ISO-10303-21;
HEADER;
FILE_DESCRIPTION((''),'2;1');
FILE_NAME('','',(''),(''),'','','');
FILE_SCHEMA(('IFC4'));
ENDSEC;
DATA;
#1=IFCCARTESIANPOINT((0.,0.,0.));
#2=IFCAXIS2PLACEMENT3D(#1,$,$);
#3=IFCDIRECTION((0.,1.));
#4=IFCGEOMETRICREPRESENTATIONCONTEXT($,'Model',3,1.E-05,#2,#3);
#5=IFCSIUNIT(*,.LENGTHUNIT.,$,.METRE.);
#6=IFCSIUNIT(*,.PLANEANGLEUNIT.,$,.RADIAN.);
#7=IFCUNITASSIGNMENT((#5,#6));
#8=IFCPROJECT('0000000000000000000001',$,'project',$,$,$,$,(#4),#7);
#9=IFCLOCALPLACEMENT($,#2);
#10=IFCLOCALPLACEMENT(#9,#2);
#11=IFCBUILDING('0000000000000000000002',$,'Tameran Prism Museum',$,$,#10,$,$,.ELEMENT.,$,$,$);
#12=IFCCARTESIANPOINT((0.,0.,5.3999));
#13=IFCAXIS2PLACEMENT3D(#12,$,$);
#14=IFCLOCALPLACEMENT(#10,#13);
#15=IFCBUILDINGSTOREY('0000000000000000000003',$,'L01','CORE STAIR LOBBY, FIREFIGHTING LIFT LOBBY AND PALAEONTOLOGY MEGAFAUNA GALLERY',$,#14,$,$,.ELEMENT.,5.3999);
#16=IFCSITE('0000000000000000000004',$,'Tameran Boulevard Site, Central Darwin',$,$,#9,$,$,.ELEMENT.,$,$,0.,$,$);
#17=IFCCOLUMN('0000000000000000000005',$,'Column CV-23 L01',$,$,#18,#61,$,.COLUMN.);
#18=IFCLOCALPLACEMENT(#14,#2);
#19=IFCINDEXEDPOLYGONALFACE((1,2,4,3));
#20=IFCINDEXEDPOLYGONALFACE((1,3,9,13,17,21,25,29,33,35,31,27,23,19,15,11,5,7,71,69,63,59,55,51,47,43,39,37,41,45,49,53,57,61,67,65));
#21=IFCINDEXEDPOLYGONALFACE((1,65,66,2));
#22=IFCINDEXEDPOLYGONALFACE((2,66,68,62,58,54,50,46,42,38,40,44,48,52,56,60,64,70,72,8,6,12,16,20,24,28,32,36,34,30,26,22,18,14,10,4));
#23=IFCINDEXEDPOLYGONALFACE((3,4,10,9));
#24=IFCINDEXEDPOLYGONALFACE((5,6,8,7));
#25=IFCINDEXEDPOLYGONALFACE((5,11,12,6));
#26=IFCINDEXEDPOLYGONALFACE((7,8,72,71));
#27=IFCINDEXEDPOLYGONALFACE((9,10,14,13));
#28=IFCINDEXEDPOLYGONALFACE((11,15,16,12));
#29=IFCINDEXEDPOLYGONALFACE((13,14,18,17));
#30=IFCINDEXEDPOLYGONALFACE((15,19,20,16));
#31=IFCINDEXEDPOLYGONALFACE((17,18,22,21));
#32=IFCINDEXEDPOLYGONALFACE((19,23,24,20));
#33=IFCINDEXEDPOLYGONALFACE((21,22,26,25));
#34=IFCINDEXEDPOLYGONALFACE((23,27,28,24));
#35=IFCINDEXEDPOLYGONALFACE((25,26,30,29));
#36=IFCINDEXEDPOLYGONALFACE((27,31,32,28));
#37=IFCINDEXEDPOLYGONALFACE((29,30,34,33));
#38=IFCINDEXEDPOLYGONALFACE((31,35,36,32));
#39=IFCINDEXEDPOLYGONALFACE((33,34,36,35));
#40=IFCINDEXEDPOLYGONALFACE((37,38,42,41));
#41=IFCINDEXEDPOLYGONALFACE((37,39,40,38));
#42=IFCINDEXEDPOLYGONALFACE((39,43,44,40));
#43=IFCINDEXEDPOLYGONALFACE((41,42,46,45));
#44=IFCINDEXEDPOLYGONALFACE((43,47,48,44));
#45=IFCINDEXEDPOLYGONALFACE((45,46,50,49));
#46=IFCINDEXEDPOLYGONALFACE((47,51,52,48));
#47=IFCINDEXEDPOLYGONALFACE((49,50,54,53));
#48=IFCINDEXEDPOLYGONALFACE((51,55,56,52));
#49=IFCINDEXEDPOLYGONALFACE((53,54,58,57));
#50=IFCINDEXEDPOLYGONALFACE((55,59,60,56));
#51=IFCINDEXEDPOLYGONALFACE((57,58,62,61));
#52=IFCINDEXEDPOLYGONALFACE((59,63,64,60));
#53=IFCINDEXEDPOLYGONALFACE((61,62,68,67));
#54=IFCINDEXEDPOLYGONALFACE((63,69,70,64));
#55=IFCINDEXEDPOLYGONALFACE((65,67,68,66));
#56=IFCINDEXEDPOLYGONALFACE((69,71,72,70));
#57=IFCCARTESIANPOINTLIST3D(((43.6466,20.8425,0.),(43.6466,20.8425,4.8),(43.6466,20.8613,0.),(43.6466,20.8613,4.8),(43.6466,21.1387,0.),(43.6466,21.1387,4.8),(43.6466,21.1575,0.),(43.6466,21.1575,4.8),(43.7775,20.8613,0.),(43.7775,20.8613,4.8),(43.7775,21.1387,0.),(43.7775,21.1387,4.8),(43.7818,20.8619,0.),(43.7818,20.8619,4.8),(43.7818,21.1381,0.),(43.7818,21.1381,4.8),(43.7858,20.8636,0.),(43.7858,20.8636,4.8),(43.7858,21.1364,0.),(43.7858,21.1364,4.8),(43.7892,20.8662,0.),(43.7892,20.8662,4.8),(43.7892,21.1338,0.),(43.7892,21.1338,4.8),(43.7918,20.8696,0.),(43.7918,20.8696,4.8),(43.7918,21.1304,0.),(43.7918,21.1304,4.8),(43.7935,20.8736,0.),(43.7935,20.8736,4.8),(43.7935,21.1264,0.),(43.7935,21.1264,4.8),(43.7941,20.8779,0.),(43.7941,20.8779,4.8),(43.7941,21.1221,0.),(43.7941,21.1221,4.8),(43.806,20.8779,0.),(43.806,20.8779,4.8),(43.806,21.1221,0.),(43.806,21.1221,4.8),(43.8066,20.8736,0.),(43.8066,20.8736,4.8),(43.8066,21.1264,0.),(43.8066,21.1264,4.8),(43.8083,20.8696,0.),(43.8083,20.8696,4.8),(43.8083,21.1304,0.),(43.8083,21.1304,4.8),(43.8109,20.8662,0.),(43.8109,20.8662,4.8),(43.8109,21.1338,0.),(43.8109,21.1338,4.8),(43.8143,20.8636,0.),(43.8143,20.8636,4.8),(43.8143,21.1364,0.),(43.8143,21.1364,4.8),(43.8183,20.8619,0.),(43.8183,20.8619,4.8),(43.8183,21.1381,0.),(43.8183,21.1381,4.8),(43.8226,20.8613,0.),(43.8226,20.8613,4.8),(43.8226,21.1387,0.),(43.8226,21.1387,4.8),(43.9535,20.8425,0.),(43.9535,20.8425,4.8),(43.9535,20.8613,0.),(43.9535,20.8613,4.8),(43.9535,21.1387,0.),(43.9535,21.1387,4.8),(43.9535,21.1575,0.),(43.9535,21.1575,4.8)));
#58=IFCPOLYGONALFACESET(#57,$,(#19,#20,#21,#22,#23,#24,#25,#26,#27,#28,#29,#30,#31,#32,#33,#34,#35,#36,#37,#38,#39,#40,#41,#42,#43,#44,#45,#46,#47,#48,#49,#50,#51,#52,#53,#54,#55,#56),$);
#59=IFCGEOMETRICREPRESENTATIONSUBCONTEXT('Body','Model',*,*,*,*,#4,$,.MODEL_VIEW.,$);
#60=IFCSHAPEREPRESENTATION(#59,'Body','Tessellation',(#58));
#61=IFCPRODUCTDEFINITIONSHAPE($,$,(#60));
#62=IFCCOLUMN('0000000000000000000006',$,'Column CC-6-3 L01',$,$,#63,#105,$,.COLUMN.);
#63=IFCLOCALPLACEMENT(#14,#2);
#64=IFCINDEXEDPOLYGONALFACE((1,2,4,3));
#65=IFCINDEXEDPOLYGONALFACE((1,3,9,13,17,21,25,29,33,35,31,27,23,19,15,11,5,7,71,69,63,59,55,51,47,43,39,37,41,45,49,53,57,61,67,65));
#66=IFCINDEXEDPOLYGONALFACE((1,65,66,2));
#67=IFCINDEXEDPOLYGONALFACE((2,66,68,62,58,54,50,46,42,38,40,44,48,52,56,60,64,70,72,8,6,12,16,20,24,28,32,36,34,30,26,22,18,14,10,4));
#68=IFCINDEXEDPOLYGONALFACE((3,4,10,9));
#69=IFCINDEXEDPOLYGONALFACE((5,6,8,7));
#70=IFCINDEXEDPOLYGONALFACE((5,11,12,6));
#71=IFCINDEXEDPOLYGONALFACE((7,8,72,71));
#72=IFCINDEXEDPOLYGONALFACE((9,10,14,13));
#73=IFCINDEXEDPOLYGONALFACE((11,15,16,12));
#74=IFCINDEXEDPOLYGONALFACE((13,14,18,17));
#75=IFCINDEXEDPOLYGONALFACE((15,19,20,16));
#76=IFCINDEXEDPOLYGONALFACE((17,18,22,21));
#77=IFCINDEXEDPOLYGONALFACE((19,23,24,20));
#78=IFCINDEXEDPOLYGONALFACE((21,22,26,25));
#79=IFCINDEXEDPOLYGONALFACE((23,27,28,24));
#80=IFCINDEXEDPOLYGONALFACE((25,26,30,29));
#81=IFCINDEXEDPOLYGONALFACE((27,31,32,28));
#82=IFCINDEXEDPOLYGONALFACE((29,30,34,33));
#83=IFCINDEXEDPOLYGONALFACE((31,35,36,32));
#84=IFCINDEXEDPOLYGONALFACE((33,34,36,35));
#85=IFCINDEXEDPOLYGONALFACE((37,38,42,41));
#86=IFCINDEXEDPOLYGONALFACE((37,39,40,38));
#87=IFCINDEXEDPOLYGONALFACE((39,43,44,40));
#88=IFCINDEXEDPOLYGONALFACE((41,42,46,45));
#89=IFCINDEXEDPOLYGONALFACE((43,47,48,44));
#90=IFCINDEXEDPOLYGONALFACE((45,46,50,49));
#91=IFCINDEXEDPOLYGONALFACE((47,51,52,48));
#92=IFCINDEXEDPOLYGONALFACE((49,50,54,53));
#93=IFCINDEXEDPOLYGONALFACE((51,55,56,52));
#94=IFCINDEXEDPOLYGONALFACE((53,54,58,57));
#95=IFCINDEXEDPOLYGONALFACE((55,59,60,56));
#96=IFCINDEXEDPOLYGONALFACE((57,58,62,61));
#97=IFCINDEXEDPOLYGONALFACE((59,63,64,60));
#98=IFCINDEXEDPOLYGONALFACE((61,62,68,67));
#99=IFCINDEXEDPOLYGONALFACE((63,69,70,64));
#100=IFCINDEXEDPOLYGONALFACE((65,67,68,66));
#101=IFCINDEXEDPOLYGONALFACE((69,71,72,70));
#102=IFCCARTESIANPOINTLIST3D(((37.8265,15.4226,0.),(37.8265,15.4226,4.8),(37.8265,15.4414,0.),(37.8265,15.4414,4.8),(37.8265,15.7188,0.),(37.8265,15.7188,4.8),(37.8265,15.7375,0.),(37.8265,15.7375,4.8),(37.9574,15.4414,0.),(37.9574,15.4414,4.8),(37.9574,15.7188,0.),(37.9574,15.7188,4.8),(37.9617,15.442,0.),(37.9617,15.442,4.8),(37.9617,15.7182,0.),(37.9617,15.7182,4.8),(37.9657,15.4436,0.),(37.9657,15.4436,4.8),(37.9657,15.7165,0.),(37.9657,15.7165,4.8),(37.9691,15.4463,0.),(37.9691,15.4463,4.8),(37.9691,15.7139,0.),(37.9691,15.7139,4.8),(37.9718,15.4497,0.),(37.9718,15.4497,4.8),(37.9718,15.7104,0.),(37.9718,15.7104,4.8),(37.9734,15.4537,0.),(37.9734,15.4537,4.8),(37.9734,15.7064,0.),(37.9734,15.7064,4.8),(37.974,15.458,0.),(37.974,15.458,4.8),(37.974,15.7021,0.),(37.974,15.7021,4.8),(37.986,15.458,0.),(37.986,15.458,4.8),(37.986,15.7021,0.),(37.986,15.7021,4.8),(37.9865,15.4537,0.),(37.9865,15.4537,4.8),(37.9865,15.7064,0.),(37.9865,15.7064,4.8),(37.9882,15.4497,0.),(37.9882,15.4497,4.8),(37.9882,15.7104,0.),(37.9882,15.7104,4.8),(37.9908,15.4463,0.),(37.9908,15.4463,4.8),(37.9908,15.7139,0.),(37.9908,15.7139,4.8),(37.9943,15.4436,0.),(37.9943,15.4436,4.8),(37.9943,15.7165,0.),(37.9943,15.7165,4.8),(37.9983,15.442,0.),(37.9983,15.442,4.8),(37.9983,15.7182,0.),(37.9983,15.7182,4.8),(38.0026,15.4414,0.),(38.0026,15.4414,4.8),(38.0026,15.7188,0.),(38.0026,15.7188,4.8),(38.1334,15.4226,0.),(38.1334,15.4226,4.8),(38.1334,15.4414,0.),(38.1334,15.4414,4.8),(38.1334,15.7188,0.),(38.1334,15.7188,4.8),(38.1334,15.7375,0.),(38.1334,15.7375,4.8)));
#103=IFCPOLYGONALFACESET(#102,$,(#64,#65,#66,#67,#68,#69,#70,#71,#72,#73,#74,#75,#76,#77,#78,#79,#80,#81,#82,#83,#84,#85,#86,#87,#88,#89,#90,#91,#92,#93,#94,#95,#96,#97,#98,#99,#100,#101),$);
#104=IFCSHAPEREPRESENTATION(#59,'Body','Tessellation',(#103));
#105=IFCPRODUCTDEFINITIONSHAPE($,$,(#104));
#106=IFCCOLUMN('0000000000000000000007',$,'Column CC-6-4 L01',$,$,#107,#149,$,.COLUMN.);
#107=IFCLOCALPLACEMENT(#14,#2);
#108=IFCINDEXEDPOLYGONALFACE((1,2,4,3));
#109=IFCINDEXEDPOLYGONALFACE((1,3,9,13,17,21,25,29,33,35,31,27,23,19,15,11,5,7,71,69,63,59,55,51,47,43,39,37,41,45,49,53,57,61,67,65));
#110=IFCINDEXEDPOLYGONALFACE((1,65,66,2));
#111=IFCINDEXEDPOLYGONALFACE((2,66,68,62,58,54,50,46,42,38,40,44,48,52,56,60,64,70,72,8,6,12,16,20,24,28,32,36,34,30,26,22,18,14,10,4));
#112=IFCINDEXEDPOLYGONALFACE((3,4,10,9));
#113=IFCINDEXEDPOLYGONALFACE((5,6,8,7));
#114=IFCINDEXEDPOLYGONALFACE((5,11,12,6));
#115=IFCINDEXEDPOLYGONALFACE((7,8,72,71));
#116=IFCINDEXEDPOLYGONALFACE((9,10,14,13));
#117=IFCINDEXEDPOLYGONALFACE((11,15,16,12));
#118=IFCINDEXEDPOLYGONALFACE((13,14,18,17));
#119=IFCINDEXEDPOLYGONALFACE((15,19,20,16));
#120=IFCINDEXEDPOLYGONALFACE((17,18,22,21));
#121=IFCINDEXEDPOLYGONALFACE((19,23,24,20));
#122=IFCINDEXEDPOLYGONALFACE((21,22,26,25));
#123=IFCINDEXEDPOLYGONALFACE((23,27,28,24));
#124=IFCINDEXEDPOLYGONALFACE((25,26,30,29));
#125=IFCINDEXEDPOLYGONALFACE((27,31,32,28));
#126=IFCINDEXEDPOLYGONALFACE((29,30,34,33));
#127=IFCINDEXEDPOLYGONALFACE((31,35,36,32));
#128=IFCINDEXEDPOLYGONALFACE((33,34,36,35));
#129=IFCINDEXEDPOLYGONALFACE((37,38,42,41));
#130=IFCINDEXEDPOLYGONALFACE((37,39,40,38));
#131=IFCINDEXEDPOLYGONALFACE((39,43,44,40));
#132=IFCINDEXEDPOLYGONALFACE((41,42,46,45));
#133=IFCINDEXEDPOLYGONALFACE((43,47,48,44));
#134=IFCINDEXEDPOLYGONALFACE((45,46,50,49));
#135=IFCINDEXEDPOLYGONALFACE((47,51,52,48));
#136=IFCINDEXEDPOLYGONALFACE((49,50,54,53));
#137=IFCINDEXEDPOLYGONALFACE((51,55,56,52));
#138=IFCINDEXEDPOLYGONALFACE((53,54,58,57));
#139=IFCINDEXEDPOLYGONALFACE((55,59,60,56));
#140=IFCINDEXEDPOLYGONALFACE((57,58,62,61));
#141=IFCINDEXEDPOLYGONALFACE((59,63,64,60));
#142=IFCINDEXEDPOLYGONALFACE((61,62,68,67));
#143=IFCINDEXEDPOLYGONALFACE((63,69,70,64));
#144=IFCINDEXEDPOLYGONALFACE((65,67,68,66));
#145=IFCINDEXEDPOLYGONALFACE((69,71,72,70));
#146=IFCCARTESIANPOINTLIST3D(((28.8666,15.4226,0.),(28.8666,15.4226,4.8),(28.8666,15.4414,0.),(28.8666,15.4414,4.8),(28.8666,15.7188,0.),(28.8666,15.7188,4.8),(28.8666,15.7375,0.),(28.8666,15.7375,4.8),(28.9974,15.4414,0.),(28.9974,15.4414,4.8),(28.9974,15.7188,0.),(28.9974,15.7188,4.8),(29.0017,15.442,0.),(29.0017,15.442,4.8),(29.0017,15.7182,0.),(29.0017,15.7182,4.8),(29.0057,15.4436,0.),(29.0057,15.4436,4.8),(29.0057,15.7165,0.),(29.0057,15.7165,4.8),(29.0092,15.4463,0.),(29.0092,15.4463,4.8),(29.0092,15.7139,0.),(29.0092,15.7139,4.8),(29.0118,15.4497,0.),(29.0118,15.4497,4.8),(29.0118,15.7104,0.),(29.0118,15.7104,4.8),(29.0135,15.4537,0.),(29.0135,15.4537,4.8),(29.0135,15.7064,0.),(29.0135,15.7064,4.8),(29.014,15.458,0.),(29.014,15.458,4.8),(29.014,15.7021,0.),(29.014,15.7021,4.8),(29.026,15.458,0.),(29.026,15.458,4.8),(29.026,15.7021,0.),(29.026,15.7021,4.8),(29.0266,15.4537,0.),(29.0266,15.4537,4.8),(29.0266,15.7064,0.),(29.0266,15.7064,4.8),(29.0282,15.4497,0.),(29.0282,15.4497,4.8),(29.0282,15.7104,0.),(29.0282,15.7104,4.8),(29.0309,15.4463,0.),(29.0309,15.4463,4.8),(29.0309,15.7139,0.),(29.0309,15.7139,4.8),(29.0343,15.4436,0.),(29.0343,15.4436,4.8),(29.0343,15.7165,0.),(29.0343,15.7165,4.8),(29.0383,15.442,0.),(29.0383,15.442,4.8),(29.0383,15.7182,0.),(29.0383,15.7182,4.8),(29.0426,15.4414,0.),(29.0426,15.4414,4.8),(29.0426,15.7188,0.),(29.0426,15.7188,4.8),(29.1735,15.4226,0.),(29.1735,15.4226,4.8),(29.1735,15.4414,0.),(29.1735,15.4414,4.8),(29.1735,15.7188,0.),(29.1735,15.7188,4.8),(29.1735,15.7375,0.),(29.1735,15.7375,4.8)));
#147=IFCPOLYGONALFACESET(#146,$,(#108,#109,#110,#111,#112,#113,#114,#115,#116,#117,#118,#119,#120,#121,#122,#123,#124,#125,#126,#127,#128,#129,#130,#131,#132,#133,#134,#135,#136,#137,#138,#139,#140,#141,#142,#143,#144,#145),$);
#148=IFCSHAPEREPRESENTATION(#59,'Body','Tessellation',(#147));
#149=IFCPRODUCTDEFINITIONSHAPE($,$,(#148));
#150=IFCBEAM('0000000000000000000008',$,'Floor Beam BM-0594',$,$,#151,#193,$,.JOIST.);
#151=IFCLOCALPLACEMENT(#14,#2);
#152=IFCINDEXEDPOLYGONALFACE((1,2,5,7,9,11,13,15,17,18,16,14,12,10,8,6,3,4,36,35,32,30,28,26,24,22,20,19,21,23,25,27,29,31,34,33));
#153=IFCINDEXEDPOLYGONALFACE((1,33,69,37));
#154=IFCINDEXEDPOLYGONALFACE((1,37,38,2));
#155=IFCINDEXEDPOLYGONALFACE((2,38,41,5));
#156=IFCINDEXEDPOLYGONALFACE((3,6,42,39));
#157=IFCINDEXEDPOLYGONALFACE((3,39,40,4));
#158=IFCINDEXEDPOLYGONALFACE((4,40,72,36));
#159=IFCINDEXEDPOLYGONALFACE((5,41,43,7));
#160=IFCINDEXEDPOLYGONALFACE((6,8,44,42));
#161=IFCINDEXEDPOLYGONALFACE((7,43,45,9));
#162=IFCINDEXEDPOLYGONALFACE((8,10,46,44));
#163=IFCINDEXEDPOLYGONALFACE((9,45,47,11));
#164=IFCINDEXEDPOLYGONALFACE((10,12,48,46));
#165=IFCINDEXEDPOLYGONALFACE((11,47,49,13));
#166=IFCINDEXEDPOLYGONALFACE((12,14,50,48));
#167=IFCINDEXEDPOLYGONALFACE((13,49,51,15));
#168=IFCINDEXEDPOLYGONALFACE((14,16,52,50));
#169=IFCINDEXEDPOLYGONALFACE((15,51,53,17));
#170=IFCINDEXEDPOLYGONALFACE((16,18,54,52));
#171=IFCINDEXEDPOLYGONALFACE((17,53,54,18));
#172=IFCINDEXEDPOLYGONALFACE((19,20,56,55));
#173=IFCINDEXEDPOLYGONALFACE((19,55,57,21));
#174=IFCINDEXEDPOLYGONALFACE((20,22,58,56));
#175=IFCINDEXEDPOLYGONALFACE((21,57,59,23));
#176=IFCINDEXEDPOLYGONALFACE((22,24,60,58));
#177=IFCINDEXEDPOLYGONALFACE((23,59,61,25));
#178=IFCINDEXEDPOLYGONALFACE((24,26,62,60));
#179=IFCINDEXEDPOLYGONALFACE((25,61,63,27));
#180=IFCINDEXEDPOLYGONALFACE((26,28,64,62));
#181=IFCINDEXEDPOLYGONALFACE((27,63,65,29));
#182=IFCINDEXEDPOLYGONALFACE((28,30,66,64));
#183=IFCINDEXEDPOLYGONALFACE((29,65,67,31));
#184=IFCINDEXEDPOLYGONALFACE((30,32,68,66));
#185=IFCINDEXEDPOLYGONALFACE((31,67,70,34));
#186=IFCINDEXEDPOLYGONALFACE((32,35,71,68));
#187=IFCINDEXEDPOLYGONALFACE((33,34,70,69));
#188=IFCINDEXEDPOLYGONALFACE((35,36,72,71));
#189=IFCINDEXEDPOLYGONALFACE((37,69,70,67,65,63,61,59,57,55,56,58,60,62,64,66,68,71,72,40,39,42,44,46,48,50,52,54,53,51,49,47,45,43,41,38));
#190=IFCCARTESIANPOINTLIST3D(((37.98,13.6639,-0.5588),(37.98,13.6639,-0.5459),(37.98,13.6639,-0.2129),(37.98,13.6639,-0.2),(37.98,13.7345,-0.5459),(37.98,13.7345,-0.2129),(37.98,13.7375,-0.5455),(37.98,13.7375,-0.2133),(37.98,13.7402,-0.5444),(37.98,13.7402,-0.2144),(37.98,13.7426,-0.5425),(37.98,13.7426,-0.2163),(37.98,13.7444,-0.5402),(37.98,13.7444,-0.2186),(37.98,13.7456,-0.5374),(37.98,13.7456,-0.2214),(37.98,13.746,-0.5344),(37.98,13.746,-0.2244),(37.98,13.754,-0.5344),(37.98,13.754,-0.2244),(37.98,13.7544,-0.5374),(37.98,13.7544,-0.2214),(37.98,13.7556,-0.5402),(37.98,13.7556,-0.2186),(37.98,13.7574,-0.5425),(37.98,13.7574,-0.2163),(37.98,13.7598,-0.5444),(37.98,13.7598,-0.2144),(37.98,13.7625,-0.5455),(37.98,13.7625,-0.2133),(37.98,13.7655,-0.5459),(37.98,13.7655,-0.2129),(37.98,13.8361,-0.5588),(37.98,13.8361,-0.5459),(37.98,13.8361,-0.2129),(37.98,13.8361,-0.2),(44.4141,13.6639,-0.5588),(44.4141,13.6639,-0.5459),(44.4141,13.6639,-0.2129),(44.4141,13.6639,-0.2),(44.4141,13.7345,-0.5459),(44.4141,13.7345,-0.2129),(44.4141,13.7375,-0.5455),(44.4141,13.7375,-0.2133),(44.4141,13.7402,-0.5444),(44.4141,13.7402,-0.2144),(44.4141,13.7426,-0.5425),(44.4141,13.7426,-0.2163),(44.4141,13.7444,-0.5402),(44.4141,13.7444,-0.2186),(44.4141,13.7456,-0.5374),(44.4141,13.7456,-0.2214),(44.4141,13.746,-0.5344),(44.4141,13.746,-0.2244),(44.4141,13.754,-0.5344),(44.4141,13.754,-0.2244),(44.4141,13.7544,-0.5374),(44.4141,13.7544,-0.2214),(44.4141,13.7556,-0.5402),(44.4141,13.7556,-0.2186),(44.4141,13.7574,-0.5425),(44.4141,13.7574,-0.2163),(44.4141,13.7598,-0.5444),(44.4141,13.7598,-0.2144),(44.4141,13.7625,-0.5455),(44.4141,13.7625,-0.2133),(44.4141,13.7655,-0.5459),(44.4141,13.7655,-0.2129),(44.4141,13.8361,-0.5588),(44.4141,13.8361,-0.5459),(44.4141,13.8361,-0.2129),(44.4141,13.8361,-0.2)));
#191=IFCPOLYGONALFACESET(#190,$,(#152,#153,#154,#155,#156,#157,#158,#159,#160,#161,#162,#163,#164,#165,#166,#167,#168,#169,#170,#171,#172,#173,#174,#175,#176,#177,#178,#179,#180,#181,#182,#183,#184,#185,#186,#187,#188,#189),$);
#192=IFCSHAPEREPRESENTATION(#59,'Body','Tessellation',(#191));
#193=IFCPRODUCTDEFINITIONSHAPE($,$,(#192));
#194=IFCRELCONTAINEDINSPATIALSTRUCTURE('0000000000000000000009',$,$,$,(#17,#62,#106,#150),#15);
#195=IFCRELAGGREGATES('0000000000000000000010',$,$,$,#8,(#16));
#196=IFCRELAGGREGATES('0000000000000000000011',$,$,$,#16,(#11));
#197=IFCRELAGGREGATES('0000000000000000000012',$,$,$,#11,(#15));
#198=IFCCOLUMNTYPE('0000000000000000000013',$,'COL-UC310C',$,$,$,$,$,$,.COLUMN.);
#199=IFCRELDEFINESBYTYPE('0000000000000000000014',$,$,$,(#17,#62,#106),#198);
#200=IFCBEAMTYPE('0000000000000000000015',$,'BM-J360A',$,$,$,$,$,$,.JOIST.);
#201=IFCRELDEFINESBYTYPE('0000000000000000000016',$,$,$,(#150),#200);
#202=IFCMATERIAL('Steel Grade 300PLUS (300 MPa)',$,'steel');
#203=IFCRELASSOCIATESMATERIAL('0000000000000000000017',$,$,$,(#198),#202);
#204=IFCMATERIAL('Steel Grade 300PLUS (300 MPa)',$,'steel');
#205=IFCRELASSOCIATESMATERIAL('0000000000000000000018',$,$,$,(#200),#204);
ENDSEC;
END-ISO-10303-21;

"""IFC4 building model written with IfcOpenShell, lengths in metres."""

from ifc_helpers import new_model, si_unit, direction, frame, origin, origin_2d, place, context, subcontext, project, spatial, i_section, extrude, material, material_profile, profile_set, type_object, element, save


model = new_model("IFC4")

# Units and contexts
model_context = context("Model", 3, precision=1e-05, world=origin(), true_north=direction((0.0, 1.0)))
body_context = subcontext(model_context, "Body", "Model", "MODEL_VIEW")
ifc_project = project(units=[si_unit("LENGTHUNIT", "METRE"), si_unit("PLANEANGLEUNIT", "RADIAN")], contexts=[model_context])

# Site, building, storey
site_placement = place(None, origin())
site = spatial("IfcSite", under=ifc_project, at=site_placement, Name="Tameran Boulevard Site, Central Darwin", CompositionType="ELEMENT", RefElevation=0.0)
building_placement = place(site_placement, origin())
building = spatial("IfcBuilding", under=site, at=building_placement, Name="Tameran Prism Museum", CompositionType="ELEMENT")
storey_placement = place(building_placement, frame((0.0, 0.0, 5.3999)))
storey = spatial("IfcBuildingStorey", under=building, at=storey_placement, Name="L01", Description="CORE STAIR LOBBY, FIREFIGHTING LIFT LOBBY AND PALAEONTOLOGY MEGAFAUNA GALLERY", CompositionType="ELEMENT", Elevation=5.3999)

# Columns
ifc_material_1 = material(Name="Steel Grade 300PLUS (300 MPa)", Category="steel")
ifc_material_profile_1 = material_profile(ifc_material_1, i_section(OverallWidth=0.3069, OverallDepth=0.3149, WebThickness=0.012, FlangeThickness=0.0188, FilletRadius=0.0166, at=origin_2d()))
ifc_profile_set_1 = profile_set([ifc_material_profile_1])
column_type = type_object("IfcColumnType", Name="COL-UC310C", PredefinedType="COLUMN", material=ifc_profile_set_1)
for number, where, z_axis, x_axis, name in (
    (1, (43.8, 21.0, 0.0), (0.0, 0.0, 1.0), (1.0, 0.0, 0.0), "Column CV-23 L01"),
    (2, (37.98, 15.5801, 0.0), (0.0, 0.0, 1.0), (1.0, 0.0, 0.0), "Column CC-6-3 L01"),
    (3, (29.02, 15.5801, 0.0), (0.0, 0.0, 1.0), (1.0, 0.0, 0.0), "Column CC-6-4 L01"),
):
    element("IfcColumn", number, at=place(storey_placement, frame(where, z_axis=z_axis, x_axis=x_axis)), inside=storey, type_object=column_type, Name=name, PredefinedType="COLUMN", context=body_context, shape_type="SweptSolid", body=[
        extrude(i_section(OverallWidth=0.3069, OverallDepth=0.3149, WebThickness=0.012, FlangeThickness=0.0188, FilletRadius=0.0166, at=origin_2d()), origin(), (0.0, 0.0, 1.0), 4.8),
    ])

# Beam
ifc_material_2 = material(Name="Steel Grade 300PLUS (300 MPa)", Category="steel")
ifc_material_profile_2 = material_profile(ifc_material_2, i_section(OverallWidth=0.1721, OverallDepth=0.3589, WebThickness=0.0081, FlangeThickness=0.0129, FilletRadius=0.0115, at=origin_2d()))
ifc_profile_set_2 = profile_set([ifc_material_profile_2])
beam_type_1 = type_object("IfcBeamType", Name="BM-J360A", PredefinedType="JOIST", material=ifc_profile_set_2)
beam_1_placement = place(storey_placement, frame((37.98, 13.75, -0.3794), z_axis=(1.0, 0.0, 0.0), x_axis=(0.0, 1.0, 0.0)))
element("IfcBeam", 4, at=beam_1_placement, inside=storey, type_object=beam_type_1, Name="Floor Beam BM-0594", PredefinedType="JOIST", context=body_context, shape_type="SweptSolid", body=[
    extrude(i_section(OverallWidth=0.1721, OverallDepth=0.3589, WebThickness=0.0081, FlangeThickness=0.0129, FilletRadius=0.0115, at=origin_2d()), origin(), (0.0, 0.0, 1.0), 6.4341),
])

save(model, "model.ifc")
